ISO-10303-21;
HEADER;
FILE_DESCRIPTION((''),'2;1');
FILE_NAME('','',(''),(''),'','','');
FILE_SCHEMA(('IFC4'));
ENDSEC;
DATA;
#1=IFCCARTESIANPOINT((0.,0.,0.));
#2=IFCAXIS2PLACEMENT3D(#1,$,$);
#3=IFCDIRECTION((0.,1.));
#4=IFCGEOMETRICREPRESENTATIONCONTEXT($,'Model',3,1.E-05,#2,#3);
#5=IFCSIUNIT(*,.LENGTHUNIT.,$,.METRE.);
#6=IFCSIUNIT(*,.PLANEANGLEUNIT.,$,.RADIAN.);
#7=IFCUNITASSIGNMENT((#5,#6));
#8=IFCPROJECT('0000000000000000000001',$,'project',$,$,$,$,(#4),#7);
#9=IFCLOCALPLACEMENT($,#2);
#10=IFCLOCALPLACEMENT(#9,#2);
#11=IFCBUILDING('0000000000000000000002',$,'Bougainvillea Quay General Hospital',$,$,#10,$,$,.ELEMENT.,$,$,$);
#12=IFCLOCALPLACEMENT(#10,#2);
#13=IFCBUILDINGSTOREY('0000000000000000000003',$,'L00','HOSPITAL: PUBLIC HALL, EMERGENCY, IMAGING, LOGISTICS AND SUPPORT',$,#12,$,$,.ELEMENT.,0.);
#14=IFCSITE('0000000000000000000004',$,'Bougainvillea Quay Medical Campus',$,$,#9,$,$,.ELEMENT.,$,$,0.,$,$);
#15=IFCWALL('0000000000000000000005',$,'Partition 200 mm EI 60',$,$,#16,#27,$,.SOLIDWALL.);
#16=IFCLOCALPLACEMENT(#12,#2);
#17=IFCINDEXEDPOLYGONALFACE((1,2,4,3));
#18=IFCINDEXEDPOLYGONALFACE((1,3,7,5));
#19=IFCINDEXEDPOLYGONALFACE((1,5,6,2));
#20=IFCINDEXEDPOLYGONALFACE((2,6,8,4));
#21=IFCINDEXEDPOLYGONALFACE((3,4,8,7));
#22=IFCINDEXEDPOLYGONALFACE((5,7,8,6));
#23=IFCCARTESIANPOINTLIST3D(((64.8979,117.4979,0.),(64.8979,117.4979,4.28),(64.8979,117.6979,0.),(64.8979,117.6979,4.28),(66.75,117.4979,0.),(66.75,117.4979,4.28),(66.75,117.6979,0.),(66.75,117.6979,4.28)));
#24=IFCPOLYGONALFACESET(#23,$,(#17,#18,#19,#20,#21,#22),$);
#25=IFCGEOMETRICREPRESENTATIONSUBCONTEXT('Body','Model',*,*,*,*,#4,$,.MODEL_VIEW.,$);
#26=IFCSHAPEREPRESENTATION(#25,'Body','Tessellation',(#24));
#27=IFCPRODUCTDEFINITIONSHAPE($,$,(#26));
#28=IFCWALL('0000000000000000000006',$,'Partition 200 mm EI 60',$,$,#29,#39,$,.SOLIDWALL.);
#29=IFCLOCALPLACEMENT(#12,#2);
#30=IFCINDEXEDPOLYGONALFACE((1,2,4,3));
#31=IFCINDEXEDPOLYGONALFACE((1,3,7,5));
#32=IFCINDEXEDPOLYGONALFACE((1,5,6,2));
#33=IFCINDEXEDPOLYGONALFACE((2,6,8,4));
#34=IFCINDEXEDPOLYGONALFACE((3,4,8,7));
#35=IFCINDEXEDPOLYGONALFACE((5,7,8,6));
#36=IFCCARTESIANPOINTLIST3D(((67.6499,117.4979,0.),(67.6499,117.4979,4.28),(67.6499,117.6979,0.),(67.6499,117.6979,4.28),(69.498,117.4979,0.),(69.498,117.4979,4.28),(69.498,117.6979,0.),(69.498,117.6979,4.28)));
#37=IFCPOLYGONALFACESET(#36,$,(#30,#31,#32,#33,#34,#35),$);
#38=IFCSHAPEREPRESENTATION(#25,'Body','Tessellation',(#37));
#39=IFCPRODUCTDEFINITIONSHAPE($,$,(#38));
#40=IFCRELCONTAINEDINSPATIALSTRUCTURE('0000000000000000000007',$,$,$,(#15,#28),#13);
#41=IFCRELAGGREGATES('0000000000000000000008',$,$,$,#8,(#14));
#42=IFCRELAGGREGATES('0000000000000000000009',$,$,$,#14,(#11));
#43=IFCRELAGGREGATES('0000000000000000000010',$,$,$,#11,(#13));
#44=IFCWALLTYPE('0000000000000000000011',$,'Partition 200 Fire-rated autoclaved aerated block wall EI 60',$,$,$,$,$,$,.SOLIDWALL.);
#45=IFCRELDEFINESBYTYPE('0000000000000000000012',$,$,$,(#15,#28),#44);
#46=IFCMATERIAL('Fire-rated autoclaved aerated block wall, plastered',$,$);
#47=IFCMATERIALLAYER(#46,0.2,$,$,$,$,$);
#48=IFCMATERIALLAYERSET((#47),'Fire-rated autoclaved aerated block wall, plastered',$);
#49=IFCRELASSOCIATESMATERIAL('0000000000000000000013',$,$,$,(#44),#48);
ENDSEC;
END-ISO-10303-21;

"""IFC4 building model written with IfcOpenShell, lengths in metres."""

from ifc_helpers import new_model, si_unit, direction, frame, frame_2d, origin, place, context, subcontext, project, spatial, rectangle, extrude, material, layer, layer_set, type_object, element, save


model = new_model("IFC4")

# Units and contexts
model_context = context("Model", 3, precision=1e-05, world=origin(), true_north=direction((0.0, 1.0)))
body_context = subcontext(model_context, "Body", "Model", "MODEL_VIEW")
ifc_project = project(units=[si_unit("LENGTHUNIT", "METRE"), si_unit("PLANEANGLEUNIT", "RADIAN")], contexts=[model_context])

# Site, building, storey
site_placement = place(None, origin())
site = spatial("IfcSite", under=ifc_project, at=site_placement, Name="Bougainvillea Quay Medical Campus", CompositionType="ELEMENT", RefElevation=0.0)
building_placement = place(site_placement, origin())
building = spatial("IfcBuilding", under=site, at=building_placement, Name="Bougainvillea Quay General Hospital", CompositionType="ELEMENT")
storey_placement = place(building_placement, origin())
storey = spatial("IfcBuildingStorey", under=building, at=storey_placement, Name="L00", Description="HOSPITAL: PUBLIC HALL, EMERGENCY, IMAGING, LOGISTICS AND SUPPORT", CompositionType="ELEMENT", Elevation=0.0)

# Walls
ifc_material_1 = material(Name="Fire-rated autoclaved aerated block wall, plastered")
ifc_layer_1 = layer(ifc_material_1, 0.2)
ifc_layer_set_1 = layer_set([ifc_layer_1], Name="Fire-rated autoclaved aerated block wall, plastered")
wall_type_1 = type_object("IfcWallType", Name="Partition 200 Fire-rated autoclaved aerated block wall EI 60", PredefinedType="SOLIDWALL", material=ifc_layer_set_1)
wall_1_placement = place(storey_placement, frame((64.8979, 117.5979, 0.0), z_axis=(0.0, 0.0, 1.0), x_axis=(1.0, 0.0, 0.0)))
element("IfcWall", 1, at=wall_1_placement, inside=storey, type_object=wall_type_1, Name="Partition 200 mm EI 60", PredefinedType="SOLIDWALL", context=body_context, shape_type="SweptSolid", body=[
    extrude(rectangle(XDim=1.8521, YDim=0.2, at=frame_2d((0.926, 0.0))), origin(), (0.0, 0.0, 1.0), 4.28),
])
wall_2_placement = place(storey_placement, frame((67.6499, 117.5979, 0.0), z_axis=(0.0, 0.0, 1.0), x_axis=(1.0, 0.0, 0.0)))
element("IfcWall", 2, at=wall_2_placement, inside=storey, type_object=wall_type_1, Name="Partition 200 mm EI 60", PredefinedType="SOLIDWALL", context=body_context, shape_type="SweptSolid", body=[
    extrude(rectangle(XDim=1.8481, YDim=0.2, at=frame_2d((0.9241, 0.0))), origin(), (0.0, 0.0, 1.0), 4.28),
])

save(model, "model.ifc")
